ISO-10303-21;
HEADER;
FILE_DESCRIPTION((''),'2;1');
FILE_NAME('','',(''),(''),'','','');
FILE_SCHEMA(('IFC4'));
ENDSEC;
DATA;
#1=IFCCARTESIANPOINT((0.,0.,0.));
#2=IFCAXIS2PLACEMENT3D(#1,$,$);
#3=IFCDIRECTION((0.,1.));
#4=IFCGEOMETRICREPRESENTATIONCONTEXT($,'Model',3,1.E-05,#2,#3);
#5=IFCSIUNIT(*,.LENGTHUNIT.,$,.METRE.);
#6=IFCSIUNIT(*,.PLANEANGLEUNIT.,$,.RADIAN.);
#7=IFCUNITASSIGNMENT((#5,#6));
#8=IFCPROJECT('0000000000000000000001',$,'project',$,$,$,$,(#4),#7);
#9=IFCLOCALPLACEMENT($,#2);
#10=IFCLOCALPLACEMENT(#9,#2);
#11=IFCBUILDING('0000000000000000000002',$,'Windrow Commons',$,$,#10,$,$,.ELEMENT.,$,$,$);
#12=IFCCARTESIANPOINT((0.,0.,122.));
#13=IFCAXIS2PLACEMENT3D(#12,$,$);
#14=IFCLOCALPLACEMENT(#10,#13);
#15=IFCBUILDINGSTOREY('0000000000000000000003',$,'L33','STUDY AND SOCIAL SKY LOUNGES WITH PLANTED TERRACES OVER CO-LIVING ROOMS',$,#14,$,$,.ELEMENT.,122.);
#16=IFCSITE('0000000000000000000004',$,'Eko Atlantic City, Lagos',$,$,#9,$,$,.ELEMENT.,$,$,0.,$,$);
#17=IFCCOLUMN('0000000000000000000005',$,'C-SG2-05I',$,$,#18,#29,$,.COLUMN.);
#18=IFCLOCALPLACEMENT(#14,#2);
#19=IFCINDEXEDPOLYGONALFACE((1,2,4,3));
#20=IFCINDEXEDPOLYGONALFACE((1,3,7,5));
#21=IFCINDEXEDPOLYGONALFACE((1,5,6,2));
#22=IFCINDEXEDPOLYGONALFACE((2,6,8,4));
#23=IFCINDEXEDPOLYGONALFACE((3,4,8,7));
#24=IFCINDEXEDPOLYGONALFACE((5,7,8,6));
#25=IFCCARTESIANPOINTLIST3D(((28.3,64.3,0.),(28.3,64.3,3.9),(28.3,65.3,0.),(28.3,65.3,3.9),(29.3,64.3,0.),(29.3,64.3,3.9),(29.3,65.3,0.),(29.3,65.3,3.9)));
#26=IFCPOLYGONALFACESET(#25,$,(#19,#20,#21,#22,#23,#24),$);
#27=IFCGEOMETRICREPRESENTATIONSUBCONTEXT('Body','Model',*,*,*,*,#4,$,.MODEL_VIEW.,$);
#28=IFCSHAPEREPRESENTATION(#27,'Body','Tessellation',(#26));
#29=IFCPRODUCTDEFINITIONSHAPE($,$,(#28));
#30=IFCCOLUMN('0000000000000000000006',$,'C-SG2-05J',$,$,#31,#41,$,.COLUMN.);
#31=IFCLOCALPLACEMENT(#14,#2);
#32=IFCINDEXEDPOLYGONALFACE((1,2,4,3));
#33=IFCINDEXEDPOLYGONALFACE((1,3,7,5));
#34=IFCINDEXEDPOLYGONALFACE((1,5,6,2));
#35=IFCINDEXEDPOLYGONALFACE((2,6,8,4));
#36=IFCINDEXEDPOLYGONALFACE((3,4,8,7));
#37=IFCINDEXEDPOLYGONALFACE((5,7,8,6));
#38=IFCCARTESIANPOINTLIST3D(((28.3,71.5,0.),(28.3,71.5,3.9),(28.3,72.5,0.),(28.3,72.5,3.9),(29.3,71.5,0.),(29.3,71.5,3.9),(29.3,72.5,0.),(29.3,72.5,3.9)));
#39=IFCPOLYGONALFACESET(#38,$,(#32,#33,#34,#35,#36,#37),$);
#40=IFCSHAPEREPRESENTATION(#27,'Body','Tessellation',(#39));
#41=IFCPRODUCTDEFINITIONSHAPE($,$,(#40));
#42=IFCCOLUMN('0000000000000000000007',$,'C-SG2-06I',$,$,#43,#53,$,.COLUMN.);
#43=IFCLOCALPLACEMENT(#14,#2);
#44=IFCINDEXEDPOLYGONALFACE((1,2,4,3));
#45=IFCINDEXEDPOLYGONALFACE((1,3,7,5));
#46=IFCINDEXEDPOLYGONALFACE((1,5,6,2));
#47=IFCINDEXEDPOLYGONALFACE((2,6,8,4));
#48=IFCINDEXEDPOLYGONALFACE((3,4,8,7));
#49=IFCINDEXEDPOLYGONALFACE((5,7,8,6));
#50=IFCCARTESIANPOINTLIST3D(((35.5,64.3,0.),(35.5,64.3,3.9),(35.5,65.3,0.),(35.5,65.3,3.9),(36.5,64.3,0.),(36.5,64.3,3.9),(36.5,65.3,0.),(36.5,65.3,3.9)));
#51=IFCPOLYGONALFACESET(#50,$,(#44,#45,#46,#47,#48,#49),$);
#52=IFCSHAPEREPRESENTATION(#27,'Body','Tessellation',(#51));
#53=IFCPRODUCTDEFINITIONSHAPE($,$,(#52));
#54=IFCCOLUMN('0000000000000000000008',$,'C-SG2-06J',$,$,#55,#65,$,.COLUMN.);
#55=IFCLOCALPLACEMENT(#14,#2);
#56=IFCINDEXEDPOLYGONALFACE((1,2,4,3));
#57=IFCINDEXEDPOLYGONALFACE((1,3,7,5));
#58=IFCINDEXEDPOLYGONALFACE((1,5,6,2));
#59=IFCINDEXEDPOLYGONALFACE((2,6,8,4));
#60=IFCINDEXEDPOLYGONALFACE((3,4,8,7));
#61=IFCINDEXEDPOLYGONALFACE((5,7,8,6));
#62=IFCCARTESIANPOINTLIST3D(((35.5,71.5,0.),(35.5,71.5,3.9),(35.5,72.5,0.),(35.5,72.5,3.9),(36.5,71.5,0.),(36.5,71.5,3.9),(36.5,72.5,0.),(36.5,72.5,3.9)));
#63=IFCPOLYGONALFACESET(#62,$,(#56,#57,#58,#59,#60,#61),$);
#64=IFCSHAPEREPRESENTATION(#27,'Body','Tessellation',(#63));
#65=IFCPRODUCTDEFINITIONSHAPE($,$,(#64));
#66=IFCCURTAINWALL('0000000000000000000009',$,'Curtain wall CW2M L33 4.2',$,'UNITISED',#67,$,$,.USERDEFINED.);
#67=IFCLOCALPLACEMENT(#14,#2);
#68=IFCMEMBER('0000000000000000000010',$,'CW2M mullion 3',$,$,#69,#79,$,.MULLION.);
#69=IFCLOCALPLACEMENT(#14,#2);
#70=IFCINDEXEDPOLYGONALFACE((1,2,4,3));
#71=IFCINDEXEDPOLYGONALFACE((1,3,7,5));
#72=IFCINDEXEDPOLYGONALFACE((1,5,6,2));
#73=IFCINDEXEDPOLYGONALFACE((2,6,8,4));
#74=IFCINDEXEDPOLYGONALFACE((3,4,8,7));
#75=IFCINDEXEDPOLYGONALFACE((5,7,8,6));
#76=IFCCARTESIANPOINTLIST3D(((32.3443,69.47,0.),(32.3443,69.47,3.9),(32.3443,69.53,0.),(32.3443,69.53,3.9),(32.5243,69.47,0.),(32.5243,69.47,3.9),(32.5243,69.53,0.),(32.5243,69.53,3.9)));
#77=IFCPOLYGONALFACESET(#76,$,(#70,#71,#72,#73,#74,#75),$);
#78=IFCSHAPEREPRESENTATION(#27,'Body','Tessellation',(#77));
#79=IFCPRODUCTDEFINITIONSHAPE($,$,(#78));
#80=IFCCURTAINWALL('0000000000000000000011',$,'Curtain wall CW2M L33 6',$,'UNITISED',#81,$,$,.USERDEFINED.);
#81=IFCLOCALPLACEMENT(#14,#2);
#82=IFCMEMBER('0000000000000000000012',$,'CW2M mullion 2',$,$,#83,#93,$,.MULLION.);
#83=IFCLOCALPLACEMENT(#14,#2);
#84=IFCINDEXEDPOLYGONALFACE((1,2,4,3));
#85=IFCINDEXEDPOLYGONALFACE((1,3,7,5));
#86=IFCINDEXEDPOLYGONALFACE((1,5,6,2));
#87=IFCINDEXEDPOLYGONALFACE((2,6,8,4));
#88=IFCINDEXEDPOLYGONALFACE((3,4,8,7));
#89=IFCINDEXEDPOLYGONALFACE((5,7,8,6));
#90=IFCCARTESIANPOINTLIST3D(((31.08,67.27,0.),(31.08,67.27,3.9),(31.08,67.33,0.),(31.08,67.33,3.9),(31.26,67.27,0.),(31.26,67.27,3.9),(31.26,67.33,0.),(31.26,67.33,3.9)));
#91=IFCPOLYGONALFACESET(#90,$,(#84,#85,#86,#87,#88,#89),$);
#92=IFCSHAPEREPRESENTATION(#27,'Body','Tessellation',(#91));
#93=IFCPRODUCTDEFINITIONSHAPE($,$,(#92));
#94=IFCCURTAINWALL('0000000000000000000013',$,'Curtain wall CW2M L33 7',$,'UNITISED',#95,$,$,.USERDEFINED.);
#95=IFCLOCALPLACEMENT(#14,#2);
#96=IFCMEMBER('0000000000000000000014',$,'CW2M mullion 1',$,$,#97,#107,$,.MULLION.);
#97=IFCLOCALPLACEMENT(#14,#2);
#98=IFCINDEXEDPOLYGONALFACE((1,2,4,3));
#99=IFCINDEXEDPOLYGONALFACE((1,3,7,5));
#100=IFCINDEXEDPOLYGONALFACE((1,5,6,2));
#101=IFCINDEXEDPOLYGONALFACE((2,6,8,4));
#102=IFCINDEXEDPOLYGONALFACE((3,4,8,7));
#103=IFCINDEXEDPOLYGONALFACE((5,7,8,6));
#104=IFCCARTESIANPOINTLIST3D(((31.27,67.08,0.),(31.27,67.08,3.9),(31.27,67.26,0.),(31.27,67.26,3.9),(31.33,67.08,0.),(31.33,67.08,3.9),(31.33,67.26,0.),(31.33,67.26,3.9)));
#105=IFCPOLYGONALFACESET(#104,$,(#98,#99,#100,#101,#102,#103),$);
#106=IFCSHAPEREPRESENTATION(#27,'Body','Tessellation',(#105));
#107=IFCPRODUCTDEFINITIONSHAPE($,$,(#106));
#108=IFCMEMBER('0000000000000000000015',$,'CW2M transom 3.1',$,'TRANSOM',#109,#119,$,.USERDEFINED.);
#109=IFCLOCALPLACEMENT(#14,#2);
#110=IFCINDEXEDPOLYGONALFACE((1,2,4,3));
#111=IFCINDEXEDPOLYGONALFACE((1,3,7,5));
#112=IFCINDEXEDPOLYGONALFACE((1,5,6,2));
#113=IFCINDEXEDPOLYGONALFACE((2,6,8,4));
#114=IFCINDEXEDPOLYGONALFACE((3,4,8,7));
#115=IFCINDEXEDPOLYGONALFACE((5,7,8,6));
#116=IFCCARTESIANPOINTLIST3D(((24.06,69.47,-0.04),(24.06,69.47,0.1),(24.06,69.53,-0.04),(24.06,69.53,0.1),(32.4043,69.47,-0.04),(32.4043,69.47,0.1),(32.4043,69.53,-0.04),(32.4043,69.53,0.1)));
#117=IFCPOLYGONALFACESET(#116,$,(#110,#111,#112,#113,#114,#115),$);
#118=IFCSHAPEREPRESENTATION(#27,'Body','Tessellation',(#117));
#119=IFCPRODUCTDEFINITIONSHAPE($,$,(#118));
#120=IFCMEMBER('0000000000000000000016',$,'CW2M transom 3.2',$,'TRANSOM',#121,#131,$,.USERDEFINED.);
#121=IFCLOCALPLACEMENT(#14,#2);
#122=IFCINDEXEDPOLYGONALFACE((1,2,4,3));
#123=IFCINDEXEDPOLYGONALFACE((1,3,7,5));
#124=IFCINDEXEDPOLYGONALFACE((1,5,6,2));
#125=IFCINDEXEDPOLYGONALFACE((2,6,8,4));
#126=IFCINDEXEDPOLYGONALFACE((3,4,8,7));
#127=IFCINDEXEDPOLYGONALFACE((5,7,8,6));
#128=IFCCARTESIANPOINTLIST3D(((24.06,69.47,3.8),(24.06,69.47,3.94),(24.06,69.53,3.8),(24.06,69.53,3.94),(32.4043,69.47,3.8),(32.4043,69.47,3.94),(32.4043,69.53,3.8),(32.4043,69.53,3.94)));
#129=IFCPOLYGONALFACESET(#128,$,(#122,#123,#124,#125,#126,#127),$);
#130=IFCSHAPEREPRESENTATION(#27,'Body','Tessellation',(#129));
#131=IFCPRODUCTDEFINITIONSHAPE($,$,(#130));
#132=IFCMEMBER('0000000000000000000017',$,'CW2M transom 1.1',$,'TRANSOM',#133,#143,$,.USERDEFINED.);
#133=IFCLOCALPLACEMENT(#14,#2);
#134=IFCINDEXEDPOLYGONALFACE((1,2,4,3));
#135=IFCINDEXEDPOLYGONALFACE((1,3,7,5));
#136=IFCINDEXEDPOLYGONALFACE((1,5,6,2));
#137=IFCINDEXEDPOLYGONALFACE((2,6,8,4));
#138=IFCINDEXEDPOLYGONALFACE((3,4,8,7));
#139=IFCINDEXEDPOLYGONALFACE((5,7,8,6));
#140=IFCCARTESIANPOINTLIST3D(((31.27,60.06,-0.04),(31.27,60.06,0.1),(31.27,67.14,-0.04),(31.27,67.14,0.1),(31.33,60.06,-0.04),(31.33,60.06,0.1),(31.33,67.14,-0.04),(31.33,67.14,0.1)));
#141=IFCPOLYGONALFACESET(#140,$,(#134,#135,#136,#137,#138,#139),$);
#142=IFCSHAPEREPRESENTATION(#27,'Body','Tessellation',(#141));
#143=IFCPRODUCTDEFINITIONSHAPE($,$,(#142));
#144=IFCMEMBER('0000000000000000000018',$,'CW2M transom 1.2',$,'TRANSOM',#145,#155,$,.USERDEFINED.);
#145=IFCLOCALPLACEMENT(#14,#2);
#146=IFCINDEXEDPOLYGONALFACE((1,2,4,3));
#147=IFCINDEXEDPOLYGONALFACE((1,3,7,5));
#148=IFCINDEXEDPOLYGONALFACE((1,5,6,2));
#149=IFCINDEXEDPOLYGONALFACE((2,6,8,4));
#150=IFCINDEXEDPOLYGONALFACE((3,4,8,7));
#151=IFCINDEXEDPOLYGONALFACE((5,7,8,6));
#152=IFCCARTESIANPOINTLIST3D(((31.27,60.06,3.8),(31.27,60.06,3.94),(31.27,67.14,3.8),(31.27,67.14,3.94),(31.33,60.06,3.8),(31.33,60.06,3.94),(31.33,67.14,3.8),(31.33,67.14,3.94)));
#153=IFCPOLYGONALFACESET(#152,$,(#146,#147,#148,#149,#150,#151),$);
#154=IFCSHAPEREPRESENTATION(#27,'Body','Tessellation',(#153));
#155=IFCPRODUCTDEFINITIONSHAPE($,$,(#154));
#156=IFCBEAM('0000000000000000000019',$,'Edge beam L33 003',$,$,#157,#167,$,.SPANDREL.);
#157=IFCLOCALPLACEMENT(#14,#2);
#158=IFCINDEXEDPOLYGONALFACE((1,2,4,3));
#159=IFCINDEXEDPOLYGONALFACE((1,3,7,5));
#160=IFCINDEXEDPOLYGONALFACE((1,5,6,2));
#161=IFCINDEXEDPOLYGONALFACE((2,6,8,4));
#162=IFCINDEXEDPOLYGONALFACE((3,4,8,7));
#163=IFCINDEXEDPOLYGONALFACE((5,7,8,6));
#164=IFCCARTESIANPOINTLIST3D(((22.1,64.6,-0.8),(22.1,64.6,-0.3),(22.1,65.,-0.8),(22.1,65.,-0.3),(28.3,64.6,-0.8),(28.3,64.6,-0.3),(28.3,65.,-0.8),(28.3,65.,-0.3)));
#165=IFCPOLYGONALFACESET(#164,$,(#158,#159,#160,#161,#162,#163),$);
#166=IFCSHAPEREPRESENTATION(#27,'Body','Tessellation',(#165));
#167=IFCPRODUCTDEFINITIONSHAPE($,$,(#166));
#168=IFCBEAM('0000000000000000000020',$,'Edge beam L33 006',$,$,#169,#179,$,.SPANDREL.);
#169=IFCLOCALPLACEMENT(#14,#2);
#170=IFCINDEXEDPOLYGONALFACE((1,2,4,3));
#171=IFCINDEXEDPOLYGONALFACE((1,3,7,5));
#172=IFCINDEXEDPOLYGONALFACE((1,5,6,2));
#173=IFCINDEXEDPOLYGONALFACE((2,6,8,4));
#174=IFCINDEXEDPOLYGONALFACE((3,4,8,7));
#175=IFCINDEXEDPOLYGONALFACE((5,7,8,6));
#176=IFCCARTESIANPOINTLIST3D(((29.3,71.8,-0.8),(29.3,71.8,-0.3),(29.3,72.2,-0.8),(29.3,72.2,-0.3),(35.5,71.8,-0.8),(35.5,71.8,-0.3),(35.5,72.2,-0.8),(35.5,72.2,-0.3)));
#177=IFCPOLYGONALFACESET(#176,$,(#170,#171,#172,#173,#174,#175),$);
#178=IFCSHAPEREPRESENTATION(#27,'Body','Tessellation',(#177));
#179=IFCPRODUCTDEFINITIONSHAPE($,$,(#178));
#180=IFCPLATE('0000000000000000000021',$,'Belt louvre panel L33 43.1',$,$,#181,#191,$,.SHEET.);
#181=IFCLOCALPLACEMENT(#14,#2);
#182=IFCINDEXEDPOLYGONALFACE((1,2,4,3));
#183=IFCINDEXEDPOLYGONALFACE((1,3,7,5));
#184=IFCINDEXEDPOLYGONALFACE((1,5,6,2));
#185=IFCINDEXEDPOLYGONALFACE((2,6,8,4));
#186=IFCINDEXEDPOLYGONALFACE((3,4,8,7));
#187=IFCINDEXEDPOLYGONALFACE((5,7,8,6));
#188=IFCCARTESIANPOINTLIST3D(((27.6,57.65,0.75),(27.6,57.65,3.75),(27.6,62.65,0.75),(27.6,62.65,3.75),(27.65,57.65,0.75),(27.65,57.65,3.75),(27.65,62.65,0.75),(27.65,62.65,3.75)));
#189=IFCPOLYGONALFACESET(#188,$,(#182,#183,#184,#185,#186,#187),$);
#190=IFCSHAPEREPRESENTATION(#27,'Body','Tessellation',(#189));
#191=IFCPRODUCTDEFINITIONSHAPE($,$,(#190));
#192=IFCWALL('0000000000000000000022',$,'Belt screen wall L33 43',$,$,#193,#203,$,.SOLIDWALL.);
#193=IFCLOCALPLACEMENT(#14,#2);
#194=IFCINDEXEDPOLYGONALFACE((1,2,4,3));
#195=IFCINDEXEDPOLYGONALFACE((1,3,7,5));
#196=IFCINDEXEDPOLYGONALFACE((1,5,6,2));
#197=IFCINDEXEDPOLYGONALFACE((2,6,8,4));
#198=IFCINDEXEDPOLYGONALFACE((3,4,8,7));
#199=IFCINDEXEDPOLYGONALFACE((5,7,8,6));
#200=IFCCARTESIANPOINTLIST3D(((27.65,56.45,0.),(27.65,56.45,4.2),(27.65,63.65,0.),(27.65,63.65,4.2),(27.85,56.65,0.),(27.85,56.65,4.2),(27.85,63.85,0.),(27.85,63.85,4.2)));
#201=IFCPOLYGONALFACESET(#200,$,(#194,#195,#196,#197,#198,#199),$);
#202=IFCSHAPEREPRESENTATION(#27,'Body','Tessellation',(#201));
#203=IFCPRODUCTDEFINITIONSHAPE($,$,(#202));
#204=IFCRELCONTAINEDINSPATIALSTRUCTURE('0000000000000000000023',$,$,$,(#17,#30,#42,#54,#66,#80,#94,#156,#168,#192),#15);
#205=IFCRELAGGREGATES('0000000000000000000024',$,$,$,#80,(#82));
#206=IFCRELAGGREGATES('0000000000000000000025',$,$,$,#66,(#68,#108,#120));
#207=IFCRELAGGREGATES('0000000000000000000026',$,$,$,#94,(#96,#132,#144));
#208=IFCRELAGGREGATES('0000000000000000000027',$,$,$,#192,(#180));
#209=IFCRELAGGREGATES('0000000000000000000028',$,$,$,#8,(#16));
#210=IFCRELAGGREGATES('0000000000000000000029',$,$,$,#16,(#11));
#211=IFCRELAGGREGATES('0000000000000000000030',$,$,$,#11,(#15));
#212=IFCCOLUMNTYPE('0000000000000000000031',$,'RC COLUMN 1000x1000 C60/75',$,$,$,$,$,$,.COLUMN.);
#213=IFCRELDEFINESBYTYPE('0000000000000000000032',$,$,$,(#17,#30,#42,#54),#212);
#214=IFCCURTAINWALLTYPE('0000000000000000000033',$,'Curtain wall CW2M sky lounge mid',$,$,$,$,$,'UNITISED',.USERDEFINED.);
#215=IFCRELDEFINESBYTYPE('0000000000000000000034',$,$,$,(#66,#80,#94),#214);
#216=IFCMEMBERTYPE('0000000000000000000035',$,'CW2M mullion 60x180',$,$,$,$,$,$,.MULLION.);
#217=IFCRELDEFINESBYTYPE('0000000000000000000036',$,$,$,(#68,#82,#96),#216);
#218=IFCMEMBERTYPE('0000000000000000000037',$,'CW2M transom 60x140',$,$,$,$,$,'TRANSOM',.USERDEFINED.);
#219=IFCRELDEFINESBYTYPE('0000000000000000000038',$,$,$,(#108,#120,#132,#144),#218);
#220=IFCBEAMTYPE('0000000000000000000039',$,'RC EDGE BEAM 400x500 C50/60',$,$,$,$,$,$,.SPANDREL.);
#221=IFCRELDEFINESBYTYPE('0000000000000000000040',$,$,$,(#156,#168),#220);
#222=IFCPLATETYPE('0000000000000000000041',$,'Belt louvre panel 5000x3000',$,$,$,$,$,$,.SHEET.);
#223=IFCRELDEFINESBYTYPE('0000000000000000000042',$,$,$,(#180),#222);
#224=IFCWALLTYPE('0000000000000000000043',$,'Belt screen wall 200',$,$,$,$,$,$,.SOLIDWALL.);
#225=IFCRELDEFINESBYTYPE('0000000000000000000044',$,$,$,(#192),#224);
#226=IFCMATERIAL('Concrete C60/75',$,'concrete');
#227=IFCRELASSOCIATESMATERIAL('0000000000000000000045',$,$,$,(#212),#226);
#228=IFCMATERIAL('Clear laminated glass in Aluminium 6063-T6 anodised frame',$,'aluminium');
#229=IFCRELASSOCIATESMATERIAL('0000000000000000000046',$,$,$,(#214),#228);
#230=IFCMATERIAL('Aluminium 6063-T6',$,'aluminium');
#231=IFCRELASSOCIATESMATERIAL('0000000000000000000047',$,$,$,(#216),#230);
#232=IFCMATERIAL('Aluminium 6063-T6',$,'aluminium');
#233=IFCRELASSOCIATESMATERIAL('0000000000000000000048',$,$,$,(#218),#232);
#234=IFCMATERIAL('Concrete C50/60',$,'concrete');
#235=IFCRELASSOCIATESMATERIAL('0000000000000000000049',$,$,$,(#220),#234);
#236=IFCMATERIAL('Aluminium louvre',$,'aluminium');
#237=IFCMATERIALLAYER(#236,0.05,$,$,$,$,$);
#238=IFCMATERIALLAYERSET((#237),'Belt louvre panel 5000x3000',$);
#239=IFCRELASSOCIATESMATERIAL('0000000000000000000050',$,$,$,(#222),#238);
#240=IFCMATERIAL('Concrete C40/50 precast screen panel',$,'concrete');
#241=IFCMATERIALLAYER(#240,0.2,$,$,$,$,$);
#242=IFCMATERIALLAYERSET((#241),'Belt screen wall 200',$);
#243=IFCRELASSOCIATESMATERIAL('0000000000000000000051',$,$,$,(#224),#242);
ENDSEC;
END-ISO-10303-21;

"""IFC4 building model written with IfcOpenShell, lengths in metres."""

from ifc_helpers import new_model, si_unit, direction, frame, origin, origin_2d, place, context, subcontext, project, spatial, polyline, rectangle, outline, extrude, material, layer, layer_set, material_profile, profile_set, type_object, element, aggregate, save


model = new_model("IFC4")

# Units and contexts
model_context = context("Model", 3, precision=1e-05, world=origin(), true_north=direction((0.0, 1.0)))
body_context = subcontext(model_context, "Body", "Model", "MODEL_VIEW")
ifc_project = project(units=[si_unit("LENGTHUNIT", "METRE"), si_unit("PLANEANGLEUNIT", "RADIAN")], contexts=[model_context])

# Site, building, storey
site_placement = place(None, origin())
site = spatial("IfcSite", under=ifc_project, at=site_placement, Name="Eko Atlantic City, Lagos", CompositionType="ELEMENT", RefElevation=0.0)
building_placement = place(site_placement, origin())
building = spatial("IfcBuilding", under=site, at=building_placement, Name="Windrow Commons", CompositionType="ELEMENT")
storey_placement = place(building_placement, frame((0.0, 0.0, 122.0)))
storey = spatial("IfcBuildingStorey", under=building, at=storey_placement, Name="L33", Description="STUDY AND SOCIAL SKY LOUNGES WITH PLANTED TERRACES OVER CO-LIVING ROOMS", CompositionType="ELEMENT", Elevation=122.0)

# Columns
ifc_material_1 = material(Name="Concrete C60/75", Category="concrete")
ifc_material_profile_1 = material_profile(ifc_material_1, rectangle(XDim=1.0, YDim=1.0, at=origin_2d()))
ifc_profile_set_1 = profile_set([ifc_material_profile_1], Name="Concrete C60/75")
column_type = type_object("IfcColumnType", Name="RC COLUMN 1000x1000 C60/75", PredefinedType="COLUMN", material=ifc_profile_set_1)
for number, where, z_axis, x_axis, name in (
    (1, (28.8, 64.8, 0.0), (0.0, 0.0, 1.0), (1.0, 0.0, 0.0), "C-SG2-05I"),
    (2, (28.8, 72.0, 0.0), (0.0, 0.0, 1.0), (1.0, 0.0, 0.0), "C-SG2-05J"),
    (3, (36.0, 64.8, 0.0), (0.0, 0.0, 1.0), (1.0, 0.0, 0.0), "C-SG2-06I"),
    (4, (36.0, 72.0, 0.0), (0.0, 0.0, 1.0), (1.0, 0.0, 0.0), "C-SG2-06J"),
):
    element("IfcColumn", number, at=place(storey_placement, frame(where, z_axis=z_axis, x_axis=x_axis)), inside=storey, type_object=column_type, Name=name, PredefinedType="COLUMN", context=body_context, shape_type="SweptSolid", body=[
        extrude(rectangle(XDim=1.0, YDim=1.0, at=origin_2d()), origin(), (0.0, 0.0, 1.0), 3.9),
    ])

# Curtain walls, members
ifc_material_2 = material(Name="Clear laminated glass in Aluminium 6063-T6 anodised frame", Category="aluminium")
curtain_wall_type = type_object("IfcCurtainWallType", Name="Curtain wall CW2M sky lounge mid", ElementType="UNITISED", PredefinedType="USERDEFINED", material=ifc_material_2)
placement = place(storey_placement, origin())
curtain_wall_1 = element("IfcCurtainWall", 5, at=placement, inside=storey, type_object=curtain_wall_type, Name="Curtain wall CW2M L33 4.2", ObjectType="UNITISED", PredefinedType="USERDEFINED")
ifc_material_3 = material(Name="Aluminium 6063-T6", Category="aluminium")
ifc_material_profile_2 = material_profile(ifc_material_3, rectangle(XDim=0.06, YDim=0.18, at=origin_2d()))
ifc_profile_set_2 = profile_set([ifc_material_profile_2], Name="Aluminium 6063-T6")
member_type_1 = type_object("IfcMemberType", Name="CW2M mullion 60x180", PredefinedType="MULLION", material=ifc_profile_set_2)
member_1_placement = place(storey_placement, frame((32.4343, 69.5, 0.0), z_axis=(0.0, 0.0, 1.0), x_axis=(0.0, -1.0, 0.0)))
member_1 = element("IfcMember", 6, at=member_1_placement, type_object=member_type_1, Name="CW2M mullion 3", PredefinedType="MULLION", context=body_context, shape_type="SweptSolid", body=[
    extrude(rectangle(XDim=0.06, YDim=0.18, at=origin_2d()), origin(), (0.0, 0.0, 1.0), 3.9),
])
curtain_wall_2 = element("IfcCurtainWall", 7, at=placement, inside=storey, type_object=curtain_wall_type, Name="Curtain wall CW2M L33 6", ObjectType="UNITISED", PredefinedType="USERDEFINED")
member_2_placement = place(storey_placement, frame((31.17, 67.3, 0.0), z_axis=(0.0, 0.0, 1.0), x_axis=(0.0, 1.0, 0.0)))
member_2 = element("IfcMember", 8, at=member_2_placement, type_object=member_type_1, Name="CW2M mullion 2", PredefinedType="MULLION", context=body_context, shape_type="SweptSolid", body=[
    extrude(rectangle(XDim=0.06, YDim=0.18, at=origin_2d()), origin(), (0.0, 0.0, 1.0), 3.9),
])
aggregate(curtain_wall_2, [member_2])
curtain_wall_3 = element("IfcCurtainWall", 9, at=placement, inside=storey, type_object=curtain_wall_type, Name="Curtain wall CW2M L33 7", ObjectType="UNITISED", PredefinedType="USERDEFINED")
member_3_placement = place(storey_placement, frame((31.3, 67.17, 0.0), z_axis=(0.0, 0.0, 1.0), x_axis=(1.0, 0.0, 0.0)))
member_3 = element("IfcMember", 10, at=member_3_placement, type_object=member_type_1, Name="CW2M mullion 1", PredefinedType="MULLION", context=body_context, shape_type="SweptSolid", body=[
    extrude(rectangle(XDim=0.06, YDim=0.18, at=origin_2d()), origin(), (0.0, 0.0, 1.0), 3.9),
])

# Members
ifc_material_4 = material(Name="Aluminium 6063-T6", Category="aluminium")
ifc_material_profile_3 = material_profile(ifc_material_4, rectangle(XDim=0.06, YDim=0.14, at=origin_2d()))
ifc_profile_set_3 = profile_set([ifc_material_profile_3], Name="Aluminium 6063-T6")
member_type_2 = type_object("IfcMemberType", Name="CW2M transom 60x140", ElementType="TRANSOM", PredefinedType="USERDEFINED", material=ifc_profile_set_3)
member_4_placement = place(storey_placement, frame((32.4043, 69.5, 0.03), z_axis=(-1.0, 0.0, 0.0), x_axis=(0.0, -1.0, 0.0)))
member_4 = element("IfcMember", 11, at=member_4_placement, type_object=member_type_2, Name="CW2M transom 3.1", ObjectType="TRANSOM", PredefinedType="USERDEFINED", context=body_context, shape_type="SweptSolid", body=[
    extrude(rectangle(XDim=0.06, YDim=0.14, at=origin_2d()), origin(), (0.0, 0.0, 1.0), 8.3443),
])
member_5_placement = place(storey_placement, frame((32.4043, 69.5, 3.87), z_axis=(-1.0, 0.0, 0.0), x_axis=(0.0, -1.0, 0.0)))
member_5 = element("IfcMember", 12, at=member_5_placement, type_object=member_type_2, Name="CW2M transom 3.2", ObjectType="TRANSOM", PredefinedType="USERDEFINED", context=body_context, shape_type="SweptSolid", body=[
    extrude(rectangle(XDim=0.06, YDim=0.14, at=origin_2d()), origin(), (0.0, 0.0, 1.0), 8.3443),
])
member_6_placement = place(storey_placement, frame((31.3, 67.14, 0.03), z_axis=(0.0, -1.0, 0.0), x_axis=(1.0, 0.0, 0.0)))
member_6 = element("IfcMember", 13, at=member_6_placement, type_object=member_type_2, Name="CW2M transom 1.1", ObjectType="TRANSOM", PredefinedType="USERDEFINED", context=body_context, shape_type="SweptSolid", body=[
    extrude(rectangle(XDim=0.06, YDim=0.14, at=origin_2d()), origin(), (0.0, 0.0, 1.0), 7.08),
])
member_7_placement = place(storey_placement, frame((31.3, 67.14, 3.87), z_axis=(0.0, -1.0, 0.0), x_axis=(1.0, 0.0, 0.0)))
member_7 = element("IfcMember", 14, at=member_7_placement, type_object=member_type_2, Name="CW2M transom 1.2", ObjectType="TRANSOM", PredefinedType="USERDEFINED", context=body_context, shape_type="SweptSolid", body=[
    extrude(rectangle(XDim=0.06, YDim=0.14, at=origin_2d()), origin(), (0.0, 0.0, 1.0), 7.08),
])

# Beams
ifc_material_5 = material(Name="Concrete C50/60", Category="concrete")
ifc_material_profile_4 = material_profile(ifc_material_5, rectangle(XDim=0.4, YDim=0.5, at=origin_2d()))
ifc_profile_set_4 = profile_set([ifc_material_profile_4], Name="Concrete C50/60")
beam_type = type_object("IfcBeamType", Name="RC EDGE BEAM 400x500 C50/60", PredefinedType="SPANDREL", material=ifc_profile_set_4)
for number, where, z_axis, x_axis, name in (
    (15, (28.3, 64.8, -0.55), (-1.0, 0.0, 0.0), (0.0, -1.0, 0.0), "Edge beam L33 003"),
    (16, (29.3, 72.0, -0.55), (1.0, 0.0, 0.0), (0.0, 1.0, 0.0), "Edge beam L33 006"),
):
    element("IfcBeam", number, at=place(storey_placement, frame(where, z_axis=z_axis, x_axis=x_axis)), inside=storey, type_object=beam_type, Name=name, PredefinedType="SPANDREL", context=body_context, shape_type="SweptSolid", body=[
        extrude(rectangle(XDim=0.4, YDim=0.5, at=origin_2d()), origin(), (0.0, 0.0, 1.0), 6.2),
    ])

# Plate
ifc_material_6 = material(Name="Aluminium louvre", Category="aluminium")
ifc_layer_1 = layer(ifc_material_6, 0.05)
ifc_layer_set_1 = layer_set([ifc_layer_1], Name="Belt louvre panel 5000x3000")
plate_type_1 = type_object("IfcPlateType", Name="Belt louvre panel 5000x3000", PredefinedType="SHEET", material=ifc_layer_set_1)
plate_1_placement = place(storey_placement, frame((27.6, 62.65, 0.75), z_axis=(-1.0, 0.0, 0.0), x_axis=(0.0, -1.0, 0.0)))
plate_1 = element("IfcPlate", 17, at=plate_1_placement, type_object=plate_type_1, Name="Belt louvre panel L33 43.1", PredefinedType="SHEET", context=body_context, shape_type="SweptSolid", body=[
    extrude(outline(polyline([(0.0, 0.0), (5.0, 0.0), (5.0, 3.0), (0.0, 3.0), (0.0, 0.0)])), origin(), (0.0, 0.0, -1.0), 0.05),
])
aggregate(curtain_wall_1, [member_1, member_4, member_5])
aggregate(curtain_wall_3, [member_3, member_6, member_7])

# Wall
ifc_material_7 = material(Name="Concrete C40/50 precast screen panel", Category="concrete")
ifc_layer_2 = layer(ifc_material_7, 0.2)
ifc_layer_set_2 = layer_set([ifc_layer_2], Name="Belt screen wall 200")
wall_type_1 = type_object("IfcWallType", Name="Belt screen wall 200", PredefinedType="SOLIDWALL", material=ifc_layer_set_2)
wall_1_placement = place(storey_placement, frame((27.75, 63.75, 0.0), z_axis=(0.0, 0.0, 1.0), x_axis=(0.0, -1.0, 0.0)))
wall_1 = element("IfcWall", 18, at=wall_1_placement, inside=storey, type_object=wall_type_1, Name="Belt screen wall L33 43", PredefinedType="SOLIDWALL", context=body_context, shape_type="SweptSolid", body=[
    extrude(outline(polyline([(0.1, -0.1), (7.3, -0.1), (7.1, 0.1), (-0.1, 0.1), (0.1, -0.1)])), origin(), (0.0, 0.0, 1.0), 4.2),
])
aggregate(wall_1, [plate_1])

save(model, "model.ifc")
